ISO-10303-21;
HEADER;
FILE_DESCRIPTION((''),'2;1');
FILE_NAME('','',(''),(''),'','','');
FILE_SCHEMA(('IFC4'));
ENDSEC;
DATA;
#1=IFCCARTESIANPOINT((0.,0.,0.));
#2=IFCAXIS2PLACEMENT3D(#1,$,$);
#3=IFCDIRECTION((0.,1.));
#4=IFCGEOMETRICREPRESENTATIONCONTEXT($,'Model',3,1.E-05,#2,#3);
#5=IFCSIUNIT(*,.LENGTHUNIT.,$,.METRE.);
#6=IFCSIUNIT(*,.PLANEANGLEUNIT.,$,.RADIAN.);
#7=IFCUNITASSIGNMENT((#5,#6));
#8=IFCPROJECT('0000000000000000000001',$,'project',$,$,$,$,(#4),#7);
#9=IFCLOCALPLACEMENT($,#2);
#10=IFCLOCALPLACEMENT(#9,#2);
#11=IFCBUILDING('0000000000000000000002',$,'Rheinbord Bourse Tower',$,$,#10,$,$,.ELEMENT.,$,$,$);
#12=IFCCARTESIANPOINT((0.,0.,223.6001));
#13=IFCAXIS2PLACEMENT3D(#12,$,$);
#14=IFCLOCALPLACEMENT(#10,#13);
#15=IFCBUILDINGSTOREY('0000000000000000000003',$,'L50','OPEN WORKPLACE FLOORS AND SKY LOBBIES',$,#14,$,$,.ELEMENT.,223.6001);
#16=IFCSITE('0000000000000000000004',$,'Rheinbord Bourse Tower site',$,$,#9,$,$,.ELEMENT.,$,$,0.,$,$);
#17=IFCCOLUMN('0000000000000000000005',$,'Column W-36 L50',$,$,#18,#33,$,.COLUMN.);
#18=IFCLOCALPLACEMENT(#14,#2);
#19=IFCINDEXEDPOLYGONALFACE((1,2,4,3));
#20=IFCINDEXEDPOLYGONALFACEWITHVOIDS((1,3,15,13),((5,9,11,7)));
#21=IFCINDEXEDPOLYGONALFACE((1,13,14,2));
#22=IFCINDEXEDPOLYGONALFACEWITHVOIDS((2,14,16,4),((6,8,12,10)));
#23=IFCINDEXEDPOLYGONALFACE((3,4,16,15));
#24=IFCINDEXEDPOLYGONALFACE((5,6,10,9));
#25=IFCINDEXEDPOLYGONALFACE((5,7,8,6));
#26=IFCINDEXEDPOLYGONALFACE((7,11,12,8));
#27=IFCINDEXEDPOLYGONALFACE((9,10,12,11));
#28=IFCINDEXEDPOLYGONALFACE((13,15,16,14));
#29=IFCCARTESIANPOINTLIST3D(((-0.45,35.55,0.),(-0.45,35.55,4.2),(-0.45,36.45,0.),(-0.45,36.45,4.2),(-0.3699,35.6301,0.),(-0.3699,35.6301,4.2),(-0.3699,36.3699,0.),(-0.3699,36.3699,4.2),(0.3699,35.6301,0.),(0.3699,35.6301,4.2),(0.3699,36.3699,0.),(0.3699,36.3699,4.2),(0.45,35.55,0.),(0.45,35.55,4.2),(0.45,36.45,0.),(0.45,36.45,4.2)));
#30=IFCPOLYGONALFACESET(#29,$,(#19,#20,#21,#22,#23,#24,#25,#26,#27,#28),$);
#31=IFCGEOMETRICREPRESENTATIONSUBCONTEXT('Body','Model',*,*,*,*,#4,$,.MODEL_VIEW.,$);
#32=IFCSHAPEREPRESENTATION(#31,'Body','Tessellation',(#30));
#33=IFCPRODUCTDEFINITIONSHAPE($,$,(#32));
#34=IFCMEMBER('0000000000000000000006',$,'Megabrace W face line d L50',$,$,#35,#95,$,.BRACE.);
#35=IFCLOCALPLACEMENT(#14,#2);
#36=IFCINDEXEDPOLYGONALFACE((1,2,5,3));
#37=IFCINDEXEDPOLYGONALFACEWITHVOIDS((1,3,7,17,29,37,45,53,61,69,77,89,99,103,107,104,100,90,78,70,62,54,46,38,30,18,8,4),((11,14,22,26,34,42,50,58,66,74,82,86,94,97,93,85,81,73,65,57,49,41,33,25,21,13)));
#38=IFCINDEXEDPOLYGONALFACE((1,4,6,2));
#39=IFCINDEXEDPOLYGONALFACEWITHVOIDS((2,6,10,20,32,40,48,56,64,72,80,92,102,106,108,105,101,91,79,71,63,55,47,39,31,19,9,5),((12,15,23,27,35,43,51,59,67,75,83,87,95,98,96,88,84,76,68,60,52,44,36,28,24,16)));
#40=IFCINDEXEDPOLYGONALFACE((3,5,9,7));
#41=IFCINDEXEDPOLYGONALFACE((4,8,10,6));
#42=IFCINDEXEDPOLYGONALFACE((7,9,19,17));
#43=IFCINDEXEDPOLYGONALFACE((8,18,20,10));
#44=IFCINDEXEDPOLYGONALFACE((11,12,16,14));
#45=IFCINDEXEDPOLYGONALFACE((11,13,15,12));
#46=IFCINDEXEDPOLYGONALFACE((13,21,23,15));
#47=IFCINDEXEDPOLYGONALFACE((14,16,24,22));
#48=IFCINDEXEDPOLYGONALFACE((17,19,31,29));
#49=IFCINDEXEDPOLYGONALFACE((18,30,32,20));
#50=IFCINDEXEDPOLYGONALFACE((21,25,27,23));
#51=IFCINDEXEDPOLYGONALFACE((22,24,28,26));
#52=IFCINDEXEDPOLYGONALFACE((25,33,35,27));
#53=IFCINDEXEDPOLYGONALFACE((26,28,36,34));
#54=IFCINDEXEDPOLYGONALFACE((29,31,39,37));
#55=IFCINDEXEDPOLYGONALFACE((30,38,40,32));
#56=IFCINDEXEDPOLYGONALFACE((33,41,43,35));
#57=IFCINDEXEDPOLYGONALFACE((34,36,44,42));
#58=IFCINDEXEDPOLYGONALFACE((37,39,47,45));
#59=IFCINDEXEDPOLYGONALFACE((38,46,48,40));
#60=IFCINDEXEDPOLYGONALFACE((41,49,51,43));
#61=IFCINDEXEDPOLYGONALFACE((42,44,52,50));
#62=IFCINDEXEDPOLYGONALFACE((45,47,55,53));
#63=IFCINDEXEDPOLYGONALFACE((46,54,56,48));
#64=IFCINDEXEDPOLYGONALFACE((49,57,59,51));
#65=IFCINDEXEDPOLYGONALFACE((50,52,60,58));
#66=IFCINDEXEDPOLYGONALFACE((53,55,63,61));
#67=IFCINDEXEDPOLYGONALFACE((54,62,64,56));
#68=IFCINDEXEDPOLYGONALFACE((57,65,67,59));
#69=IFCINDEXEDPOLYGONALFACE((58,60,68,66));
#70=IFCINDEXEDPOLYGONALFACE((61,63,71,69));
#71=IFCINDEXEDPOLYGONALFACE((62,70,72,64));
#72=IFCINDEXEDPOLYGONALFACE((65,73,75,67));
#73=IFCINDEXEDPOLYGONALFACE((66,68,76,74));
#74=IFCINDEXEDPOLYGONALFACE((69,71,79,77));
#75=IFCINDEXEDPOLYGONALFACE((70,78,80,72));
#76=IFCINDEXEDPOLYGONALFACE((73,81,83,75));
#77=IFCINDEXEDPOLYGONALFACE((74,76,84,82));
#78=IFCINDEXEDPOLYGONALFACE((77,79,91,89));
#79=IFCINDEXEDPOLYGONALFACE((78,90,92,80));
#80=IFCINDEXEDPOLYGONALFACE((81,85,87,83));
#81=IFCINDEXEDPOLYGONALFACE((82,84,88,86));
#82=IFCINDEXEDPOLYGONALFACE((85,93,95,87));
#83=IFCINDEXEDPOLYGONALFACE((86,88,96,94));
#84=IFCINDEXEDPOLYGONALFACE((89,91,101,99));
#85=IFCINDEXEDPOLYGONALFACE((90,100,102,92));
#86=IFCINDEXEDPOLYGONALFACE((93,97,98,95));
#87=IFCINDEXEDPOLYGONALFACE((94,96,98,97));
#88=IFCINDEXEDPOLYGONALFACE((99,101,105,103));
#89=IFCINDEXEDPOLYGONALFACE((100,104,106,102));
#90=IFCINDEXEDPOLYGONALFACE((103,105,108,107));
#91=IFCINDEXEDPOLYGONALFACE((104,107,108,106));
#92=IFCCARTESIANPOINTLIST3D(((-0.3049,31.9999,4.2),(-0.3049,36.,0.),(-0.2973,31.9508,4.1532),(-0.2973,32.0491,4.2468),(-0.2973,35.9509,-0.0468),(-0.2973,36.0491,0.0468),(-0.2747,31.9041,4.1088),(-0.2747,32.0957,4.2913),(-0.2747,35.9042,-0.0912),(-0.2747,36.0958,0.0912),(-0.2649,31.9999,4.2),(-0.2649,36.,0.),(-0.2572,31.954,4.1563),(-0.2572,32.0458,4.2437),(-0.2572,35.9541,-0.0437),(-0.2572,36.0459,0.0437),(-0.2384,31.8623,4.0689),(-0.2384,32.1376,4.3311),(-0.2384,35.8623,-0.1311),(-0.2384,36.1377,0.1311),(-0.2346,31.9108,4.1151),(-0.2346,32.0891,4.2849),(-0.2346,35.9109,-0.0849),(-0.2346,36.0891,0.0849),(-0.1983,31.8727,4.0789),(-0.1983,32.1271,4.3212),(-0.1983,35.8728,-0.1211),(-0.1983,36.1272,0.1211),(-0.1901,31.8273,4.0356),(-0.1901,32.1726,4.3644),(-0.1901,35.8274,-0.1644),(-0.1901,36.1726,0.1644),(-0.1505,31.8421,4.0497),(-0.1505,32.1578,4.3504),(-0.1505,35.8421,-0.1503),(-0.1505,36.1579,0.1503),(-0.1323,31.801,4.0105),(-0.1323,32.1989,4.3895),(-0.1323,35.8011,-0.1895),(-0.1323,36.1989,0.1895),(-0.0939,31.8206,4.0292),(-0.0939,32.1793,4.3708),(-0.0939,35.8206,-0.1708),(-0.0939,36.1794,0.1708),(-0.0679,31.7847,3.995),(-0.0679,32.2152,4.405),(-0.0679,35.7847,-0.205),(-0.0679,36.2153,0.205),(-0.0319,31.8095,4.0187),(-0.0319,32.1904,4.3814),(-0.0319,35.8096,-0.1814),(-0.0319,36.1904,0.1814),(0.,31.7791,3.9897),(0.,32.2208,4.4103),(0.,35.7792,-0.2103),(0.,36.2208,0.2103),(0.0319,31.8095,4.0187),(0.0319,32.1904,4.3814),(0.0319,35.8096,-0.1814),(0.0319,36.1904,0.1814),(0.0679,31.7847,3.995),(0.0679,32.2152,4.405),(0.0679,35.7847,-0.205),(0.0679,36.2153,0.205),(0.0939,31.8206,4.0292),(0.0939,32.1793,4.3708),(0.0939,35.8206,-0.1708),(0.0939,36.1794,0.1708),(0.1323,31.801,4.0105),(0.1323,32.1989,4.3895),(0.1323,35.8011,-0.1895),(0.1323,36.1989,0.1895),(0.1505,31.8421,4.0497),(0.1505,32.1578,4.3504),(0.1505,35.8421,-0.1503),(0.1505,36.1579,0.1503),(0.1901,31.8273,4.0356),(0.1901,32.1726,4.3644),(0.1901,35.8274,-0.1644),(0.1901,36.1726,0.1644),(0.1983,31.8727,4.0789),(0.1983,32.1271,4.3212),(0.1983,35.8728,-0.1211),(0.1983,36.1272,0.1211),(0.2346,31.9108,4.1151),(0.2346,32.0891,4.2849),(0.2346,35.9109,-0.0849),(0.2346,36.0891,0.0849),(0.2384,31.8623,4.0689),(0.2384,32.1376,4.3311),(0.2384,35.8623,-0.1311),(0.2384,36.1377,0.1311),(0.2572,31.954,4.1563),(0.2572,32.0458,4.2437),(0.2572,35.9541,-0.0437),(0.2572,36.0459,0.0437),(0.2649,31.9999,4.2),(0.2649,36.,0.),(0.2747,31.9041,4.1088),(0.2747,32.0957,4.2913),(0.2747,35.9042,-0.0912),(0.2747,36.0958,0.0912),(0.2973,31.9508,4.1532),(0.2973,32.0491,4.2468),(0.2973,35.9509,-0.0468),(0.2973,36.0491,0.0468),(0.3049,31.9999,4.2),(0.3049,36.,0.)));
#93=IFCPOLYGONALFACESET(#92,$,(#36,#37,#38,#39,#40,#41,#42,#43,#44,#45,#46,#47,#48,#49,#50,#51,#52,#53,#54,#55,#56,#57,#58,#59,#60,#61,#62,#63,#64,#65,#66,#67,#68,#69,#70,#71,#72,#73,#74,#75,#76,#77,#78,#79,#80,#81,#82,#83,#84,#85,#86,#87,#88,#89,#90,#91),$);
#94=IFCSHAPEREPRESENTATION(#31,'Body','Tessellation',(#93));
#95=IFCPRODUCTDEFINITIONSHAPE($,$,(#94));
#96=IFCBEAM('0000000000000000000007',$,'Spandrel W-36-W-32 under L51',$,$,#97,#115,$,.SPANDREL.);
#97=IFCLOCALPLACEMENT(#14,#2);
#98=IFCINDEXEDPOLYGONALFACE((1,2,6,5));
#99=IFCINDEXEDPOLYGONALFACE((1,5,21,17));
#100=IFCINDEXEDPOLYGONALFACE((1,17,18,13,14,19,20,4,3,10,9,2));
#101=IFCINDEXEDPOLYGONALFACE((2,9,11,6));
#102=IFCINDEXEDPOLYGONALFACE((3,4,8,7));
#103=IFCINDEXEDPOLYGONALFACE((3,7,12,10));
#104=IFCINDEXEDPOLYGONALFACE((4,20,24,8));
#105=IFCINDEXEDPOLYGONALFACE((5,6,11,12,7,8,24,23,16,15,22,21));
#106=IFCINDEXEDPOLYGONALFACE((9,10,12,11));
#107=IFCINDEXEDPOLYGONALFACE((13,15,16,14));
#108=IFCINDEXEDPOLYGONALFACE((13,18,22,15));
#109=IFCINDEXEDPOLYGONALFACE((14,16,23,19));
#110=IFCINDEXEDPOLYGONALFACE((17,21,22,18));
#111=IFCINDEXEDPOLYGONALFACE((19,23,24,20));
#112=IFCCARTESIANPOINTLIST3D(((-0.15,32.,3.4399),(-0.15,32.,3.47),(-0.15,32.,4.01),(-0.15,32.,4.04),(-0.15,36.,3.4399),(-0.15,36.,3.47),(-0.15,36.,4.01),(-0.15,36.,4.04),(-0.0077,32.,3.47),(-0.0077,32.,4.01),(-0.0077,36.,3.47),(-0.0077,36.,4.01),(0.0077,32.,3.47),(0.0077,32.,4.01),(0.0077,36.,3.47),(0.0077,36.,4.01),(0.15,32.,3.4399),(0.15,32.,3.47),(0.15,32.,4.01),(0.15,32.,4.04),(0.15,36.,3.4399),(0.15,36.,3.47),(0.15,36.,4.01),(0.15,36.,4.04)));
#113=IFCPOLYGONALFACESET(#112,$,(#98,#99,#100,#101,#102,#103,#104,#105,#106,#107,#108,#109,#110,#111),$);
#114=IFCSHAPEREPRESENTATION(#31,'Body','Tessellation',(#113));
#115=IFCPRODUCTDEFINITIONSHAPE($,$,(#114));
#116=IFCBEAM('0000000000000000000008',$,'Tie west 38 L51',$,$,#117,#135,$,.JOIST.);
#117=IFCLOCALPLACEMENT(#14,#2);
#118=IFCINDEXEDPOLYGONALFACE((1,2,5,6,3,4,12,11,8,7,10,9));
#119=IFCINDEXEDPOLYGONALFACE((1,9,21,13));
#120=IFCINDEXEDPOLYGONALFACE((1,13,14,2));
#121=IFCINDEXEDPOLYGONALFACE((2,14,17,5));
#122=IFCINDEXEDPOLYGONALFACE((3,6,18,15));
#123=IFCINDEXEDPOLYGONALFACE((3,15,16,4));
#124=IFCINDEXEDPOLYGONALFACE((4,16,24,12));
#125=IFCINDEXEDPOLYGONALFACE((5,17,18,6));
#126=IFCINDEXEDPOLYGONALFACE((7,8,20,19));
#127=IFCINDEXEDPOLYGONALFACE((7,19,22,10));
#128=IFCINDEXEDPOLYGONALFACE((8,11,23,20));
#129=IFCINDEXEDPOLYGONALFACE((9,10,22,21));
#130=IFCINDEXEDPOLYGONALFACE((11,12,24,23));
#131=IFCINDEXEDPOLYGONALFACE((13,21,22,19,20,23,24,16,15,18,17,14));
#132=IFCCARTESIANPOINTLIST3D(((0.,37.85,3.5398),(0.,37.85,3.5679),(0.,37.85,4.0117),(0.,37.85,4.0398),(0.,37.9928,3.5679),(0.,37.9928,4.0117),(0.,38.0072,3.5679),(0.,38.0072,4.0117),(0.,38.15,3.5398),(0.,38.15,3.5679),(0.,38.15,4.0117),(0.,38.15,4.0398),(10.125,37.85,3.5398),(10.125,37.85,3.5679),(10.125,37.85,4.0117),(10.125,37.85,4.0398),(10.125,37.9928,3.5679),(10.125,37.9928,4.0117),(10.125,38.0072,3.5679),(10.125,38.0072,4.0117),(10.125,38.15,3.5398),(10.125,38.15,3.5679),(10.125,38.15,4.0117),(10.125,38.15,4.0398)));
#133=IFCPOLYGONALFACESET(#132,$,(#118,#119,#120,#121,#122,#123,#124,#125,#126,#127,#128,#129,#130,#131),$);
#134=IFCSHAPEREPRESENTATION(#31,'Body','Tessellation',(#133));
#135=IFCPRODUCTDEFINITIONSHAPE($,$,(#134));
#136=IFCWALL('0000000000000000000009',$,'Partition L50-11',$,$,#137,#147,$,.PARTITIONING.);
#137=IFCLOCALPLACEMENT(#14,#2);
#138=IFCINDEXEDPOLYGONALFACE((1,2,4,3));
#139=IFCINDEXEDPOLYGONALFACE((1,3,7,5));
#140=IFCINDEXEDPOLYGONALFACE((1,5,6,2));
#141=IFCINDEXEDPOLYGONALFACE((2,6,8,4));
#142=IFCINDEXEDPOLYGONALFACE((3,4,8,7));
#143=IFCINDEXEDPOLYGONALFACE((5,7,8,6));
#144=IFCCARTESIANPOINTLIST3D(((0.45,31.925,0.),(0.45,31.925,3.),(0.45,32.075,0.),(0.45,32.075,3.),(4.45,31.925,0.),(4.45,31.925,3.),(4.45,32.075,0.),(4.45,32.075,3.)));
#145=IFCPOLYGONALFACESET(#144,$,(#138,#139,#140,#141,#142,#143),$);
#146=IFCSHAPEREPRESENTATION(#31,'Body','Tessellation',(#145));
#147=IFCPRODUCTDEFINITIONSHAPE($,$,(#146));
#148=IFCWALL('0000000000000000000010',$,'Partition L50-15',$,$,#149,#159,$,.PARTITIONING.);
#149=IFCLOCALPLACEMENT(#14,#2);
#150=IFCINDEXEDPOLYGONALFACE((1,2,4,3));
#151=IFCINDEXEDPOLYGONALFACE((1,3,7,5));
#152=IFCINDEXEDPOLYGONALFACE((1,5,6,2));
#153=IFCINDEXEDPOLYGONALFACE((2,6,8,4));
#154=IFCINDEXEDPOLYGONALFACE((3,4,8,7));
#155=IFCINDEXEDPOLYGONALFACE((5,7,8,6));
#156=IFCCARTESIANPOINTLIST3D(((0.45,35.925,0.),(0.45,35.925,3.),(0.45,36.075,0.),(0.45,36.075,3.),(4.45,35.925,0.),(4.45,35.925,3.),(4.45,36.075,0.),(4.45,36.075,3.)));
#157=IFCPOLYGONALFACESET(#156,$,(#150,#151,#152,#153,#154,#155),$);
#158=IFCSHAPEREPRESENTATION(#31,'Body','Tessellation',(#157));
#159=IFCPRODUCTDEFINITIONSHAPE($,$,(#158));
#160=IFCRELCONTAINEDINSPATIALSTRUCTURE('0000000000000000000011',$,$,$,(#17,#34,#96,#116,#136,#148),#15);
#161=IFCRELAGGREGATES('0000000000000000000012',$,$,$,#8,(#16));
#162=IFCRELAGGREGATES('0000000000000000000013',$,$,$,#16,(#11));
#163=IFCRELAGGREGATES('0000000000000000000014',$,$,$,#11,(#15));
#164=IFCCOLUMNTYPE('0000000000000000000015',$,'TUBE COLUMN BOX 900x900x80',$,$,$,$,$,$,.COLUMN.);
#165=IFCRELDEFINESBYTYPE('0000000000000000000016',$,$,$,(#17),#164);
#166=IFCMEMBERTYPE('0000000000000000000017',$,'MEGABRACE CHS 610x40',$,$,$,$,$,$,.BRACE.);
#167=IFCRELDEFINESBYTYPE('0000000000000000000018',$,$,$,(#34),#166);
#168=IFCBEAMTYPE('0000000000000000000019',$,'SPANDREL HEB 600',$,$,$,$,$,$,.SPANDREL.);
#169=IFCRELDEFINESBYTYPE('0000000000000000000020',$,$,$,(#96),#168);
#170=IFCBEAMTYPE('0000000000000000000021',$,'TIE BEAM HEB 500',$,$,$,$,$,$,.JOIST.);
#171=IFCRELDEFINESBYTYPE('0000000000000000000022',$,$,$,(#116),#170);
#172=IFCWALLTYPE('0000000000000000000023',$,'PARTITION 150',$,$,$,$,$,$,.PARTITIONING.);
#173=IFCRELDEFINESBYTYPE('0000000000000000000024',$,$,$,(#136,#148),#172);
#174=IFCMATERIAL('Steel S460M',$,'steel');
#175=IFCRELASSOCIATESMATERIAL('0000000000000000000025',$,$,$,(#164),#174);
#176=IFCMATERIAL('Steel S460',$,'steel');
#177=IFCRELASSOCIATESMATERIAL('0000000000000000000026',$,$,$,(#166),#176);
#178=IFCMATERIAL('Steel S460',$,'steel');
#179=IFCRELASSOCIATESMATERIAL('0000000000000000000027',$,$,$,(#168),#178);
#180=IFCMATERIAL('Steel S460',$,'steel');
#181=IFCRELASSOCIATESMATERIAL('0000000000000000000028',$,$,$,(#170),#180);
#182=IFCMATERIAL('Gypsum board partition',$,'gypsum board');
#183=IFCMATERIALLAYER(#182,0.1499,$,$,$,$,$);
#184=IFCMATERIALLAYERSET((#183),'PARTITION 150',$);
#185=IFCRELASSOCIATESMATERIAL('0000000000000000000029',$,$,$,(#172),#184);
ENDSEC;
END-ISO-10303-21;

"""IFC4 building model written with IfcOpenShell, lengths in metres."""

from ifc_helpers import new_model, si_unit, direction, frame, frame_2d, origin, origin_2d, place, context, subcontext, project, spatial, rectangle, hollow_rectangle, hollow_circle, i_section, extrude, material, layer, layer_set, material_profile, profile_set, type_object, element, save


model = new_model("IFC4")

# Units and contexts
model_context = context("Model", 3, precision=1e-05, world=origin(), true_north=direction((0.0, 1.0)))
body_context = subcontext(model_context, "Body", "Model", "MODEL_VIEW")
ifc_project = project(units=[si_unit("LENGTHUNIT", "METRE"), si_unit("PLANEANGLEUNIT", "RADIAN")], contexts=[model_context])

# Site, building, storey
site_placement = place(None, origin())
site = spatial("IfcSite", under=ifc_project, at=site_placement, Name="Rheinbord Bourse Tower site", CompositionType="ELEMENT", RefElevation=0.0)
building_placement = place(site_placement, origin())
building = spatial("IfcBuilding", under=site, at=building_placement, Name="Rheinbord Bourse Tower", CompositionType="ELEMENT")
storey_placement = place(building_placement, frame((0.0, 0.0, 223.6001)))
storey = spatial("IfcBuildingStorey", under=building, at=storey_placement, Name="L50", Description="OPEN WORKPLACE FLOORS AND SKY LOBBIES", CompositionType="ELEMENT", Elevation=223.6001)

# Column
ifc_material_1 = material(Name="Steel S460M", Category="steel")
ifc_material_profile_1 = material_profile(ifc_material_1, hollow_rectangle(XDim=0.8999, YDim=0.8999, WallThickness=0.0801, at=origin_2d()), Name="BOX 900x900x80")
ifc_profile_set_1 = profile_set([ifc_material_profile_1], Name="Steel S460M")
column_type = type_object("IfcColumnType", Name="TUBE COLUMN BOX 900x900x80", PredefinedType="COLUMN", material=ifc_profile_set_1)
column_placement = place(storey_placement, frame((0.0, 36.0, 0.0), z_axis=(0.0, 0.0, 1.0), x_axis=(1.0, 0.0, 0.0)))
element("IfcColumn", 1, at=column_placement, inside=storey, type_object=column_type, Name="Column W-36 L50", PredefinedType="COLUMN", context=body_context, shape_type="SweptSolid", body=[
    extrude(hollow_rectangle(XDim=0.8999, YDim=0.8999, WallThickness=0.0801, at=origin_2d()), origin(), (0.0, 0.0, 1.0), 4.2),
])

# Member
ifc_material_2 = material(Name="Steel S460", Category="steel")
ifc_material_profile_2 = material_profile(ifc_material_2, hollow_circle(Radius=0.3049, WallThickness=0.04, at=origin_2d()), Name="CHS 610x40")
ifc_profile_set_2 = profile_set([ifc_material_profile_2], Name="Steel S460")
member_type = type_object("IfcMemberType", Name="MEGABRACE CHS 610x40", PredefinedType="BRACE", material=ifc_profile_set_2)
member_placement = place(storey_placement, frame((0.0, 36.0, 0.0), z_axis=(0.0, -0.689659, 0.724134), x_axis=(1.0, 0.0, 0.0)))
element("IfcMember", 2, at=member_placement, inside=storey, type_object=member_type, Name="Megabrace W face line d L50", PredefinedType="BRACE", context=body_context, shape_type="SweptSolid", body=[
    extrude(hollow_circle(Radius=0.3049, WallThickness=0.04, at=origin_2d()), origin(), (0.0, 0.0, 1.0), 5.8),
])

# Beams
ifc_material_3 = material(Name="Steel S460", Category="steel")
ifc_material_profile_3 = material_profile(ifc_material_3, i_section(OverallWidth=0.3, OverallDepth=0.6001, WebThickness=0.0154, FlangeThickness=0.03, at=origin_2d()), Name="HEB 600")
ifc_profile_set_3 = profile_set([ifc_material_profile_3], Name="Steel S460")
beam_type_1 = type_object("IfcBeamType", Name="SPANDREL HEB 600", PredefinedType="SPANDREL", material=ifc_profile_set_3)
beam_1_placement = place(storey_placement, frame((0.0, 36.0, 3.74), z_axis=(0.0, -1.0, 0.0), x_axis=(1.0, 0.0, 0.0)))
element("IfcBeam", 3, at=beam_1_placement, inside=storey, type_object=beam_type_1, Name="Spandrel W-36-W-32 under L51", PredefinedType="SPANDREL", context=body_context, shape_type="SweptSolid", body=[
    extrude(i_section(OverallWidth=0.3, OverallDepth=0.6001, WebThickness=0.0154, FlangeThickness=0.03, at=origin_2d()), origin(), (0.0, 0.0, 1.0), 4.0),
])
ifc_material_4 = material(Name="Steel S460", Category="steel")
ifc_material_profile_4 = material_profile(ifc_material_4, i_section(OverallWidth=0.3, OverallDepth=0.5, WebThickness=0.0144, FlangeThickness=0.0281, at=origin_2d()), Name="HEB 500")
ifc_profile_set_4 = profile_set([ifc_material_profile_4], Name="Steel S460")
beam_type_2 = type_object("IfcBeamType", Name="TIE BEAM HEB 500", PredefinedType="JOIST", material=ifc_profile_set_4)
beam_2_placement = place(storey_placement, frame((0.0, 38.0, 3.7898), z_axis=(1.0, 0.0, 0.0), x_axis=(0.0, 1.0, 0.0)))
element("IfcBeam", 4, at=beam_2_placement, inside=storey, type_object=beam_type_2, Name="Tie west 38 L51", PredefinedType="JOIST", context=body_context, shape_type="SweptSolid", body=[
    extrude(i_section(OverallWidth=0.3, OverallDepth=0.5, WebThickness=0.0144, FlangeThickness=0.0281, at=origin_2d()), origin(), (0.0, 0.0, 1.0), 10.125),
])

# Walls
ifc_material_5 = material(Name="Gypsum board partition", Category="gypsum board")
ifc_layer = layer(ifc_material_5, 0.1499)
ifc_layer_set = layer_set([ifc_layer], Name="PARTITION 150")
wall_type = type_object("IfcWallType", Name="PARTITION 150", PredefinedType="PARTITIONING", material=ifc_layer_set)
for number, where, z_axis, x_axis, name in (
    (5, (0.45, 32.0, 0.0), (0.0, 0.0, 1.0), (1.0, 0.0, 0.0), "Partition L50-11"),
    (6, (0.45, 36.0, 0.0), (0.0, 0.0, 1.0), (1.0, 0.0, 0.0), "Partition L50-15"),
):
    element("IfcWall", number, at=place(storey_placement, frame(where, z_axis=z_axis, x_axis=x_axis)), inside=storey, type_object=wall_type, Name=name, PredefinedType="PARTITIONING", context=body_context, shape_type="SweptSolid", body=[
        extrude(rectangle(XDim=4.0, YDim=0.1499, at=frame_2d((2.0, 0.0))), origin(), (0.0, 0.0, 1.0), 3.0),
    ])

save(model, "model.ifc")
